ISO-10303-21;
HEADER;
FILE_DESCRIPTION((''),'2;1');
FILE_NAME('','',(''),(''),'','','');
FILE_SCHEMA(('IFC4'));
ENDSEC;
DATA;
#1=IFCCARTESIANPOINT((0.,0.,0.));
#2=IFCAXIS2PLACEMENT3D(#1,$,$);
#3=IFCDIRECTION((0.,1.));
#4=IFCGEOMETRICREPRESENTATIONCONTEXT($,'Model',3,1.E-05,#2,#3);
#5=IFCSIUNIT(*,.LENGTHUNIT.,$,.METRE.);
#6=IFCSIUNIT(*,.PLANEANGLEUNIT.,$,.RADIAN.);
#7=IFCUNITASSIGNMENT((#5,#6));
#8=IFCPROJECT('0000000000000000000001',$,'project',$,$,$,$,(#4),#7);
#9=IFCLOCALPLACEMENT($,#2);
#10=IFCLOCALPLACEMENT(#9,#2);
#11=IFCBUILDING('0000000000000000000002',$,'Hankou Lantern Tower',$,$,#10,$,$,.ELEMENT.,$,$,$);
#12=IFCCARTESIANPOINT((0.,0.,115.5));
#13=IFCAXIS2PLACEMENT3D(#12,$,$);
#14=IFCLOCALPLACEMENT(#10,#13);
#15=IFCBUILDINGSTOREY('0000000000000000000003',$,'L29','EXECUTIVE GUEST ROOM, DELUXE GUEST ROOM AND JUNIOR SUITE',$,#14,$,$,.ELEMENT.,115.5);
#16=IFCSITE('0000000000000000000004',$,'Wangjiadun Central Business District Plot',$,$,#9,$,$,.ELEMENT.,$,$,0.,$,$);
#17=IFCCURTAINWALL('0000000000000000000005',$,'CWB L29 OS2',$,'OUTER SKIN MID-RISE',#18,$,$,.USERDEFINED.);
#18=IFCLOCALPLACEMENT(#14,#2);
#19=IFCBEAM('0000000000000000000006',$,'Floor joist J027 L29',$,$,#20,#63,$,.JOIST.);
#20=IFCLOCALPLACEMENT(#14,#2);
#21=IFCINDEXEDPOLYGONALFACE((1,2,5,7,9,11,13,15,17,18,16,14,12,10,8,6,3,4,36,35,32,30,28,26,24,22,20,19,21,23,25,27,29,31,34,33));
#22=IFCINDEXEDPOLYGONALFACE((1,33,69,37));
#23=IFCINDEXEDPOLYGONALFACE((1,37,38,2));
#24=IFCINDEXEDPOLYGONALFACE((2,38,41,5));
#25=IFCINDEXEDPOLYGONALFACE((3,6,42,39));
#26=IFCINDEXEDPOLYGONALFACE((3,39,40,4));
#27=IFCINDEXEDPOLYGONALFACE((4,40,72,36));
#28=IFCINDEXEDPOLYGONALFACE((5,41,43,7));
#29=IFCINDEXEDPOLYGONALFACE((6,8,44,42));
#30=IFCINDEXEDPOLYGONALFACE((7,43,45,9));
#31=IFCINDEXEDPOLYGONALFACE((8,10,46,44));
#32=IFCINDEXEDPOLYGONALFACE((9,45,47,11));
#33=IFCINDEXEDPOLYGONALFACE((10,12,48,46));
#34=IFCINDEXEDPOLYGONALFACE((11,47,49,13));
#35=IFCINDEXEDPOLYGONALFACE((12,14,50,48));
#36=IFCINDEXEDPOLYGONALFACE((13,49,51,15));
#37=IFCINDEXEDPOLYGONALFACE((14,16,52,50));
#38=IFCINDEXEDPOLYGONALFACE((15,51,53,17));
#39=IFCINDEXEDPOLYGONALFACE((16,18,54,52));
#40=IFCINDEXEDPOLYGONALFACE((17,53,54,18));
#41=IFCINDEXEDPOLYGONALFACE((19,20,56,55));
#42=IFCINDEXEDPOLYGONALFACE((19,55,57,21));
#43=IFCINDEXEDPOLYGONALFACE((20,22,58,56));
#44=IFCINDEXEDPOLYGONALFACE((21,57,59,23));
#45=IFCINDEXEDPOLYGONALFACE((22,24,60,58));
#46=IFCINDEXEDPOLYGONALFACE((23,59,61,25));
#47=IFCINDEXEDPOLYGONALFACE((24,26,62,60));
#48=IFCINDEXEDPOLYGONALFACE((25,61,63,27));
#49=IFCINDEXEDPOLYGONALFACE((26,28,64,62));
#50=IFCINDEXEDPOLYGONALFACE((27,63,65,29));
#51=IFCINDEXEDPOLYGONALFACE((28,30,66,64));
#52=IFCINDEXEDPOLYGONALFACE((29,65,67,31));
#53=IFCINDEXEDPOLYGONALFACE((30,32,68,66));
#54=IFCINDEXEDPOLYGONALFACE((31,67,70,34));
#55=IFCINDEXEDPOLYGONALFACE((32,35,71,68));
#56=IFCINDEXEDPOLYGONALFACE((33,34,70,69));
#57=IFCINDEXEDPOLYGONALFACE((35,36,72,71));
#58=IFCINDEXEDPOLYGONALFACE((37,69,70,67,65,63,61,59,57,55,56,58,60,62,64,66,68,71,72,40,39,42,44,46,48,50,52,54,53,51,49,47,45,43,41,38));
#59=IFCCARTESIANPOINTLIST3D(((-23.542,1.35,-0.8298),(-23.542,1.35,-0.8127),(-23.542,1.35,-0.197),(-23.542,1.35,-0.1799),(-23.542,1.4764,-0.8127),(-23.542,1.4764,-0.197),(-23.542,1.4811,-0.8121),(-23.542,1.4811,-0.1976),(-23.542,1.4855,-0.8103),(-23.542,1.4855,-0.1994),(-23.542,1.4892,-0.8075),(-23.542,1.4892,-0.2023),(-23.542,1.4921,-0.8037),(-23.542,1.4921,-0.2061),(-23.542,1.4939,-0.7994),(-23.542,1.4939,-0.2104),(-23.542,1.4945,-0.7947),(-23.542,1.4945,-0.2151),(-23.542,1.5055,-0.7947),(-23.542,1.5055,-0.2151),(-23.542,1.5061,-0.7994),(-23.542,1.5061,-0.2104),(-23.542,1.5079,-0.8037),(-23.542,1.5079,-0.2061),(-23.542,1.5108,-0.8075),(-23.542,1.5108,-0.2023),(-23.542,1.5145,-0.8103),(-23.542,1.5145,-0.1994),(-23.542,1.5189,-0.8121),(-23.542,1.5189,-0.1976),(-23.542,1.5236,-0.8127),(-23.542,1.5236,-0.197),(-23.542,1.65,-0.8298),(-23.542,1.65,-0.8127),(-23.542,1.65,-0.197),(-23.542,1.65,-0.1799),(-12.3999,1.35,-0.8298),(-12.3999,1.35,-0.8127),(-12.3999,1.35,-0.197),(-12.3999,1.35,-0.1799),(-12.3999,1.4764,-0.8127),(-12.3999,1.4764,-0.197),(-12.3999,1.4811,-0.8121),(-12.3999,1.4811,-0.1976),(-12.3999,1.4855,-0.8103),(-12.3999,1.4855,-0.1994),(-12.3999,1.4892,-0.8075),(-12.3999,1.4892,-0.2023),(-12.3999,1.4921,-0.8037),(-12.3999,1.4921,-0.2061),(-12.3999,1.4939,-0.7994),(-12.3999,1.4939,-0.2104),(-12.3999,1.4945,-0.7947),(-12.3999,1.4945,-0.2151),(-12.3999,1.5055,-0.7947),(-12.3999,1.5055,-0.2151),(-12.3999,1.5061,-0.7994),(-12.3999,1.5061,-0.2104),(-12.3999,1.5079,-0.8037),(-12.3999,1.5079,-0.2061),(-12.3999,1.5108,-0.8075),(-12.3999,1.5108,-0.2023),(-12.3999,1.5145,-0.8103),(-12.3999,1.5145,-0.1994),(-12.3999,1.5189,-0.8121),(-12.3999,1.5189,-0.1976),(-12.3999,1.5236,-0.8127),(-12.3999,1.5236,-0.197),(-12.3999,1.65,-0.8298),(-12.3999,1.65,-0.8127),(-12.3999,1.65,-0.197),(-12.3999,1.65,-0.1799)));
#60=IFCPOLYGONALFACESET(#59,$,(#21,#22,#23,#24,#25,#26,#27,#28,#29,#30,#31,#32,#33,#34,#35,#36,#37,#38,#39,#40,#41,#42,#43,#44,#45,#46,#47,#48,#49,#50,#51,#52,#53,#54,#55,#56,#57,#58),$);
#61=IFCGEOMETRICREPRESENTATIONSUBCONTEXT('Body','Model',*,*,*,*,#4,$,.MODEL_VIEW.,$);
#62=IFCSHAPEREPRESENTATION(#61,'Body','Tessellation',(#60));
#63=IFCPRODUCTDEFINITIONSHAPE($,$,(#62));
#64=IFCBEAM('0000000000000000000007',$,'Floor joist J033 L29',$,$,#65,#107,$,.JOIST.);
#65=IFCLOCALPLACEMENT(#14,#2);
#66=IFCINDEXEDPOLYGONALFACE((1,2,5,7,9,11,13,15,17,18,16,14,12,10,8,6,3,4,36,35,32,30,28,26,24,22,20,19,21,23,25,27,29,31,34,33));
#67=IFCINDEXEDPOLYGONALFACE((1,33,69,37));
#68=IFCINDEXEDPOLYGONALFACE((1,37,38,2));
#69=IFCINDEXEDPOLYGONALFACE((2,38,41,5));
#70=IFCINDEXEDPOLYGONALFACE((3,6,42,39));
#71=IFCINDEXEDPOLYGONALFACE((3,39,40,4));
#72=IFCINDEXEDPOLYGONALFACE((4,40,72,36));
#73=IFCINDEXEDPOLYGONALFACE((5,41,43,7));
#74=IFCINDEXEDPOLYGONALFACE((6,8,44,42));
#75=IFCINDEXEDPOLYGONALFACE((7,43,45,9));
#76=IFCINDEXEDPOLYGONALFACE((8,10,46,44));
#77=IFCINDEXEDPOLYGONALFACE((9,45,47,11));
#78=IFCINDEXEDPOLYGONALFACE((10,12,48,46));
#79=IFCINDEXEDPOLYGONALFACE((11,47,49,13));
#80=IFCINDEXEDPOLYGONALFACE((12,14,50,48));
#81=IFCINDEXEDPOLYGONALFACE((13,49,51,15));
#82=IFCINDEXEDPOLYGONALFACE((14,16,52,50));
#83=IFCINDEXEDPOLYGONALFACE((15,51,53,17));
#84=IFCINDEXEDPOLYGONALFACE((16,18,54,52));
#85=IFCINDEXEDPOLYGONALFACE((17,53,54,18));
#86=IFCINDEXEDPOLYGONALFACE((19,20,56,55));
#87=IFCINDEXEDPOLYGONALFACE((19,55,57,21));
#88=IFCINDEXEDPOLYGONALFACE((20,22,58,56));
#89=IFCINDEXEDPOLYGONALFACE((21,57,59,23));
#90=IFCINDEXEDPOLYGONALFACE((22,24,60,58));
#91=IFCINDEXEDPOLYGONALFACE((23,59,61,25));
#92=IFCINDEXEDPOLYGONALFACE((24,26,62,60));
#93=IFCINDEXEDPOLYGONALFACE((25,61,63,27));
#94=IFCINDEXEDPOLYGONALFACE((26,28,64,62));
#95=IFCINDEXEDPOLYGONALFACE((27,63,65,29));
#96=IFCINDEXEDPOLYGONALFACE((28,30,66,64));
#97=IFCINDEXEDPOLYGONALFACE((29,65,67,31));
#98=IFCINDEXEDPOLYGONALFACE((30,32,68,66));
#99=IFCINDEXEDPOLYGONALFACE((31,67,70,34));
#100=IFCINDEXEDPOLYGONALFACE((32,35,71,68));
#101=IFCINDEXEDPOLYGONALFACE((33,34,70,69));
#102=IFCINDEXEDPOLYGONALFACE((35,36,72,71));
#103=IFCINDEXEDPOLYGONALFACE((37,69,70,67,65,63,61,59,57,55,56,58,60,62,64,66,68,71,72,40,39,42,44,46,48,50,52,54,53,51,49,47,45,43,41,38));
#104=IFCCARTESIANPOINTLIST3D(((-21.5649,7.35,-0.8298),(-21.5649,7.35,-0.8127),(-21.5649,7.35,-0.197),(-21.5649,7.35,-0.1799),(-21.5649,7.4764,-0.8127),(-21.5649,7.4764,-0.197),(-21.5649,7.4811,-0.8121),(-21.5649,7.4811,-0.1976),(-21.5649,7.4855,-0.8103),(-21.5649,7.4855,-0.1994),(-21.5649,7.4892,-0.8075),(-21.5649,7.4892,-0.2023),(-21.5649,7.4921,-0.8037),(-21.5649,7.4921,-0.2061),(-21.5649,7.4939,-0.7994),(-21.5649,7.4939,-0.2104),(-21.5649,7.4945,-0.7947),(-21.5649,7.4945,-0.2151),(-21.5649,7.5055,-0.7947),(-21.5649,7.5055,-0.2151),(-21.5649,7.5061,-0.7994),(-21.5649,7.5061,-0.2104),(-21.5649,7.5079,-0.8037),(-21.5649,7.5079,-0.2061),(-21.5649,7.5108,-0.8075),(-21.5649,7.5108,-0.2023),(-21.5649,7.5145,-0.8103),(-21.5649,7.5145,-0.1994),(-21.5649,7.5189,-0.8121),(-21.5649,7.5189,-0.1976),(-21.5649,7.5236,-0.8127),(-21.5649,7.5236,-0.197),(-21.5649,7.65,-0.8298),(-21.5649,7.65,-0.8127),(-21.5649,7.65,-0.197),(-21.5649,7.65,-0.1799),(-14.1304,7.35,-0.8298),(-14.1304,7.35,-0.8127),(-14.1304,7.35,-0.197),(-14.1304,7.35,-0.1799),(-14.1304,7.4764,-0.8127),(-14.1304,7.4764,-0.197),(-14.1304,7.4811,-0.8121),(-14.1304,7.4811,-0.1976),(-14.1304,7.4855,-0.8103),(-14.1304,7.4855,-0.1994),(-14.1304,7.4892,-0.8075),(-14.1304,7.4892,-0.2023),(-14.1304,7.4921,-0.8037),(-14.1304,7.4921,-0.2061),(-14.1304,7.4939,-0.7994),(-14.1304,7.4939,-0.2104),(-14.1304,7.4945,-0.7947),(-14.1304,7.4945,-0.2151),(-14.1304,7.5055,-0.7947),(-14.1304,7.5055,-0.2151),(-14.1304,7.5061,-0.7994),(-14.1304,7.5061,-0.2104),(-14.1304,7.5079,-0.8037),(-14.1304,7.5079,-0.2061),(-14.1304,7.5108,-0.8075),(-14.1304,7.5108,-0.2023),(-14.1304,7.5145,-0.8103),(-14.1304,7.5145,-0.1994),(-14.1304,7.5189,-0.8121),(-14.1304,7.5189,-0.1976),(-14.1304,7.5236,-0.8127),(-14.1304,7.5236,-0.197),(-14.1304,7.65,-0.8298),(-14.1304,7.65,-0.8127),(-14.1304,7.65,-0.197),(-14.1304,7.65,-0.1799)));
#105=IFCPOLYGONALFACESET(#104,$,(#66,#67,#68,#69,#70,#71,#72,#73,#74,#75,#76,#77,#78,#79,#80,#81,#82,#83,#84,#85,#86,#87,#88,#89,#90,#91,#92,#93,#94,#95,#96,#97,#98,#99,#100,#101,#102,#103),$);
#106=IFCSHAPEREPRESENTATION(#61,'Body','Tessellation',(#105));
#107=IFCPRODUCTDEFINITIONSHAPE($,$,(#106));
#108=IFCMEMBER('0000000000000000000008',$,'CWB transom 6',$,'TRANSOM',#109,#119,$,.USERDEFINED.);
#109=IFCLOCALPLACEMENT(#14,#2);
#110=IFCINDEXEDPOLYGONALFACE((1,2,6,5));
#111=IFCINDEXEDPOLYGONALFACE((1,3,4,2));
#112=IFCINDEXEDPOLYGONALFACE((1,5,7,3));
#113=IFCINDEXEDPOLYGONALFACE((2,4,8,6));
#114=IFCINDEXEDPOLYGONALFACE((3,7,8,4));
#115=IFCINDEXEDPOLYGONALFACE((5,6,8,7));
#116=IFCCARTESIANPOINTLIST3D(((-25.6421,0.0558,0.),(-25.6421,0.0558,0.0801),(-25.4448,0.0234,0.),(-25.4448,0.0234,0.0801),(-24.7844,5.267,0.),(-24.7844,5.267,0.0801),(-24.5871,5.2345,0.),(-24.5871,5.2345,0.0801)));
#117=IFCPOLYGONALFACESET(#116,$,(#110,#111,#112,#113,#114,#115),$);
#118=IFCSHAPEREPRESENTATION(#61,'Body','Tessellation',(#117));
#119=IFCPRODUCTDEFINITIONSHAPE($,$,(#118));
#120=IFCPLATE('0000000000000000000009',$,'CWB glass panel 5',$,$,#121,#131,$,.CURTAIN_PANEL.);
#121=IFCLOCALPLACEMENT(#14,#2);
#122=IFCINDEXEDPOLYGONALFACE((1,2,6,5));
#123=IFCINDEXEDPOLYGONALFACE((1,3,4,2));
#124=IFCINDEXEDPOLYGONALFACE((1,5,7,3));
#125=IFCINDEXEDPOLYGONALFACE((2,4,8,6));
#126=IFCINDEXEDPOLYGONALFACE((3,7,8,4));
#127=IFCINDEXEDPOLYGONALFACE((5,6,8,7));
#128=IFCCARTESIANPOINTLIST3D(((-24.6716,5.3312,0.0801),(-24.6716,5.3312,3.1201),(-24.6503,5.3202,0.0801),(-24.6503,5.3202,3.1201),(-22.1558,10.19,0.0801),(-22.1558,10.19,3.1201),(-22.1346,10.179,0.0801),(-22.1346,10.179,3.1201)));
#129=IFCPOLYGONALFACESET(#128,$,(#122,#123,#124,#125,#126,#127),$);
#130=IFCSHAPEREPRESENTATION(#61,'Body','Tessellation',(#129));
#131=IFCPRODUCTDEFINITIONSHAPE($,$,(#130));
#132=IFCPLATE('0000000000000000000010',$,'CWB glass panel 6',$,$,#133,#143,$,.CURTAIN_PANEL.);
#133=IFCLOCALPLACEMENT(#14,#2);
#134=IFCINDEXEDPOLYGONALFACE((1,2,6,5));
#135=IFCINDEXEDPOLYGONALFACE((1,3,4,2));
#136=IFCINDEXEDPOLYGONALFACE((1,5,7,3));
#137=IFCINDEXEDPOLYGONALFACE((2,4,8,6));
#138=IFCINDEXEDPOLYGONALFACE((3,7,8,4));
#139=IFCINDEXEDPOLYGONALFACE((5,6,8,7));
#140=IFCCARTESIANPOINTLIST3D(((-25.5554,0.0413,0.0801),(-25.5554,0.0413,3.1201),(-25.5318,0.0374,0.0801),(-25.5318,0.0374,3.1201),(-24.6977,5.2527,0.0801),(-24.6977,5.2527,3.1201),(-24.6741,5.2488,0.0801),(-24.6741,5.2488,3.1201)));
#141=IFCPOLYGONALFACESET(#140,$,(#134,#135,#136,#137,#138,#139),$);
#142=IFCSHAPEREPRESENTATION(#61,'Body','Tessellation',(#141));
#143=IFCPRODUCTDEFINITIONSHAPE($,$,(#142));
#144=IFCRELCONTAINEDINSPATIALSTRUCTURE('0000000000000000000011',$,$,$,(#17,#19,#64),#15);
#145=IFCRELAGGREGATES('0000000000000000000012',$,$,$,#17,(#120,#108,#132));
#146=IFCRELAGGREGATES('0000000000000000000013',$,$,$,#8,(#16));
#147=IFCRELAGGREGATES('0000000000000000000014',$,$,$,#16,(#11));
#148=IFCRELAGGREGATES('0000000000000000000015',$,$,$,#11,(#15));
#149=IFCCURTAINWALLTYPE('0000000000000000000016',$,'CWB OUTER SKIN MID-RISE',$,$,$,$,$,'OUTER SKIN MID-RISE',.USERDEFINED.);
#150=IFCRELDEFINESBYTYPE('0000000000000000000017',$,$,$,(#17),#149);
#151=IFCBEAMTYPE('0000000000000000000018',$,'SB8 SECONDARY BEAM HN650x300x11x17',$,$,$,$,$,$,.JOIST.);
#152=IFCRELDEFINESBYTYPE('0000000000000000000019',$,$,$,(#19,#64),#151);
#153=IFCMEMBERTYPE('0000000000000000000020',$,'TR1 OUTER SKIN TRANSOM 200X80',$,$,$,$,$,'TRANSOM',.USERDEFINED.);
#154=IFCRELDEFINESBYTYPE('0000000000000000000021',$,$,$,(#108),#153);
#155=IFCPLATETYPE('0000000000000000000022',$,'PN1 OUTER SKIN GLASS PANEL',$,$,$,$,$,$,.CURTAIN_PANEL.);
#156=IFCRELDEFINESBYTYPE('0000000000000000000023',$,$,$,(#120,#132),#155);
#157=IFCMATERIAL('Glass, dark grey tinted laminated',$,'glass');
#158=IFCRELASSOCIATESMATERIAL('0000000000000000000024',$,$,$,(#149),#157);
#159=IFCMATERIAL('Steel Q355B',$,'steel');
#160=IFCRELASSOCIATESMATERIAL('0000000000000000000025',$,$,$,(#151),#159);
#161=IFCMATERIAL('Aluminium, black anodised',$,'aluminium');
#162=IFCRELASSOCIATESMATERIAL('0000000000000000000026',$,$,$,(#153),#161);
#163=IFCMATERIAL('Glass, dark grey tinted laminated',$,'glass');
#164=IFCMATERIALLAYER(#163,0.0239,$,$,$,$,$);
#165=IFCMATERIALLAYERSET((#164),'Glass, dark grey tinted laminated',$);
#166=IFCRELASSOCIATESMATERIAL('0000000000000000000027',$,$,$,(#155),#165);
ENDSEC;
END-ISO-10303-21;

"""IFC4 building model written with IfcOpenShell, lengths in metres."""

from ifc_helpers import new_model, si_unit, direction, frame, origin, origin_2d, place, context, subcontext, project, spatial, rectangle, i_section, extrude, material, layer, layer_set, material_profile, profile_set, type_object, element, aggregate, save


model = new_model("IFC4")

# Units and contexts
model_context = context("Model", 3, precision=1e-05, world=origin(), true_north=direction((0.0, 1.0)))
body_context = subcontext(model_context, "Body", "Model", "MODEL_VIEW")
ifc_project = project(units=[si_unit("LENGTHUNIT", "METRE"), si_unit("PLANEANGLEUNIT", "RADIAN")], contexts=[model_context])

# Site, building, storey
site_placement = place(None, origin())
site = spatial("IfcSite", under=ifc_project, at=site_placement, Name="Wangjiadun Central Business District Plot", CompositionType="ELEMENT", RefElevation=0.0)
building_placement = place(site_placement, origin())
building = spatial("IfcBuilding", under=site, at=building_placement, Name="Hankou Lantern Tower", CompositionType="ELEMENT")
storey_placement = place(building_placement, frame((0.0, 0.0, 115.5)))
storey = spatial("IfcBuildingStorey", under=building, at=storey_placement, Name="L29", Description="EXECUTIVE GUEST ROOM, DELUXE GUEST ROOM AND JUNIOR SUITE", CompositionType="ELEMENT", Elevation=115.5)

# Curtain wall
ifc_material_1 = material(Name="Glass, dark grey tinted laminated", Category="glass")
curtain_wall_type = type_object("IfcCurtainWallType", Name="CWB OUTER SKIN MID-RISE", ElementType="OUTER SKIN MID-RISE", PredefinedType="USERDEFINED", material=ifc_material_1)
curtain_wall_placement = place(storey_placement, origin())
curtain_wall = element("IfcCurtainWall", 1, at=curtain_wall_placement, inside=storey, type_object=curtain_wall_type, Name="CWB L29 OS2", ObjectType="OUTER SKIN MID-RISE", PredefinedType="USERDEFINED")

# Beams
ifc_material_2 = material(Name="Steel Q355B", Category="steel")
ifc_material_profile_1 = material_profile(ifc_material_2, i_section(OverallWidth=0.3, OverallDepth=0.6499, WebThickness=0.011, FlangeThickness=0.0171, FilletRadius=0.0181, at=origin_2d()), Name="HN650x300x11x17")
ifc_profile_set_1 = profile_set([ifc_material_profile_1], Name="Steel Q355B")
beam_type_1 = type_object("IfcBeamType", Name="SB8 SECONDARY BEAM HN650x300x11x17", PredefinedType="JOIST", material=ifc_profile_set_1)
beam_1_placement = place(storey_placement, frame((-23.542, 1.5, -0.5049), z_axis=(1.0, 0.0, 0.0), x_axis=(0.0, 1.0, 0.0)))
element("IfcBeam", 2, at=beam_1_placement, inside=storey, type_object=beam_type_1, Name="Floor joist J027 L29", PredefinedType="JOIST", context=body_context, shape_type="SweptSolid", body=[
    extrude(i_section(OverallWidth=0.3, OverallDepth=0.6499, WebThickness=0.011, FlangeThickness=0.0171, FilletRadius=0.0181, at=origin_2d()), origin(), (0.0, 0.0, 1.0), 11.1421),
])
beam_2_placement = place(storey_placement, frame((-21.5649, 7.5, -0.5049), z_axis=(1.0, 0.0, 0.0), x_axis=(0.0, 1.0, 0.0)))
element("IfcBeam", 3, at=beam_2_placement, inside=storey, type_object=beam_type_1, Name="Floor joist J033 L29", PredefinedType="JOIST", context=body_context, shape_type="SweptSolid", body=[
    extrude(i_section(OverallWidth=0.3, OverallDepth=0.6499, WebThickness=0.011, FlangeThickness=0.0171, FilletRadius=0.0181, at=origin_2d()), origin(), (0.0, 0.0, 1.0), 7.4346),
])

# Member
ifc_material_3 = material(Name="Aluminium, black anodised", Category="aluminium")
ifc_material_profile_2 = material_profile(ifc_material_3, rectangle(XDim=0.2, YDim=0.0801, at=origin_2d()), Name="TR1 200X80")
ifc_profile_set_2 = profile_set([ifc_material_profile_2], Name="Aluminium, black anodised")
member_type_1 = type_object("IfcMemberType", Name="TR1 OUTER SKIN TRANSOM 200X80", ElementType="TRANSOM", PredefinedType="USERDEFINED", material=ifc_profile_set_2)
member_1_placement = place(storey_placement, frame((-24.6858, 5.2507, 0.04), z_axis=(-0.162397, -0.986725, 0.0), x_axis=(0.986725, -0.162397, 0.0)))
member_1 = element("IfcMember", 4, at=member_1_placement, type_object=member_type_1, Name="CWB transom 6", ObjectType="TRANSOM", PredefinedType="USERDEFINED", context=body_context, shape_type="SweptSolid", body=[
    extrude(rectangle(XDim=0.2, YDim=0.0801, at=origin_2d()), origin(), (0.0, 0.0, 1.0), 5.2812),
])

# Plates
ifc_material_4 = material(Name="Glass, dark grey tinted laminated", Category="glass")
ifc_layer_1 = layer(ifc_material_4, 0.0239)
ifc_layer_set_1 = layer_set([ifc_layer_1], Name="Glass, dark grey tinted laminated")
plate_type = type_object("IfcPlateType", Name="PN1 OUTER SKIN GLASS PANEL", PredefinedType="CURTAIN_PANEL", material=ifc_layer_set_1)
plate_1_placement = place(storey_placement, frame((-23.4031, 7.7551, 0.0801), z_axis=(0.0, 0.0, 1.0), x_axis=(-0.459791, -0.888027, 0.0)))
plate_1 = element("IfcPlate", 5, at=plate_1_placement, type_object=plate_type, Name="CWB glass panel 5", PredefinedType="CURTAIN_PANEL", context=body_context, shape_type="SweptSolid", body=[
    extrude(rectangle(XDim=5.4714, YDim=0.0239, at=origin_2d()), origin(), (0.0, 0.0, 1.0), 3.04),
])
plate_2_placement = place(storey_placement, frame((-25.1147, 2.645, 0.0801), z_axis=(0.0, 0.0, 1.0), x_axis=(-0.162382, -0.986728, 0.0)))
plate_2 = element("IfcPlate", 6, at=plate_2_placement, type_object=plate_type, Name="CWB glass panel 6", PredefinedType="CURTAIN_PANEL", context=body_context, shape_type="SweptSolid", body=[
    extrude(rectangle(XDim=5.2815, YDim=0.0239, at=origin_2d()), origin(), (0.0, 0.0, 1.0), 3.04),
])
aggregate(curtain_wall, [plate_1, member_1, plate_2])

save(model, "model.ifc")
